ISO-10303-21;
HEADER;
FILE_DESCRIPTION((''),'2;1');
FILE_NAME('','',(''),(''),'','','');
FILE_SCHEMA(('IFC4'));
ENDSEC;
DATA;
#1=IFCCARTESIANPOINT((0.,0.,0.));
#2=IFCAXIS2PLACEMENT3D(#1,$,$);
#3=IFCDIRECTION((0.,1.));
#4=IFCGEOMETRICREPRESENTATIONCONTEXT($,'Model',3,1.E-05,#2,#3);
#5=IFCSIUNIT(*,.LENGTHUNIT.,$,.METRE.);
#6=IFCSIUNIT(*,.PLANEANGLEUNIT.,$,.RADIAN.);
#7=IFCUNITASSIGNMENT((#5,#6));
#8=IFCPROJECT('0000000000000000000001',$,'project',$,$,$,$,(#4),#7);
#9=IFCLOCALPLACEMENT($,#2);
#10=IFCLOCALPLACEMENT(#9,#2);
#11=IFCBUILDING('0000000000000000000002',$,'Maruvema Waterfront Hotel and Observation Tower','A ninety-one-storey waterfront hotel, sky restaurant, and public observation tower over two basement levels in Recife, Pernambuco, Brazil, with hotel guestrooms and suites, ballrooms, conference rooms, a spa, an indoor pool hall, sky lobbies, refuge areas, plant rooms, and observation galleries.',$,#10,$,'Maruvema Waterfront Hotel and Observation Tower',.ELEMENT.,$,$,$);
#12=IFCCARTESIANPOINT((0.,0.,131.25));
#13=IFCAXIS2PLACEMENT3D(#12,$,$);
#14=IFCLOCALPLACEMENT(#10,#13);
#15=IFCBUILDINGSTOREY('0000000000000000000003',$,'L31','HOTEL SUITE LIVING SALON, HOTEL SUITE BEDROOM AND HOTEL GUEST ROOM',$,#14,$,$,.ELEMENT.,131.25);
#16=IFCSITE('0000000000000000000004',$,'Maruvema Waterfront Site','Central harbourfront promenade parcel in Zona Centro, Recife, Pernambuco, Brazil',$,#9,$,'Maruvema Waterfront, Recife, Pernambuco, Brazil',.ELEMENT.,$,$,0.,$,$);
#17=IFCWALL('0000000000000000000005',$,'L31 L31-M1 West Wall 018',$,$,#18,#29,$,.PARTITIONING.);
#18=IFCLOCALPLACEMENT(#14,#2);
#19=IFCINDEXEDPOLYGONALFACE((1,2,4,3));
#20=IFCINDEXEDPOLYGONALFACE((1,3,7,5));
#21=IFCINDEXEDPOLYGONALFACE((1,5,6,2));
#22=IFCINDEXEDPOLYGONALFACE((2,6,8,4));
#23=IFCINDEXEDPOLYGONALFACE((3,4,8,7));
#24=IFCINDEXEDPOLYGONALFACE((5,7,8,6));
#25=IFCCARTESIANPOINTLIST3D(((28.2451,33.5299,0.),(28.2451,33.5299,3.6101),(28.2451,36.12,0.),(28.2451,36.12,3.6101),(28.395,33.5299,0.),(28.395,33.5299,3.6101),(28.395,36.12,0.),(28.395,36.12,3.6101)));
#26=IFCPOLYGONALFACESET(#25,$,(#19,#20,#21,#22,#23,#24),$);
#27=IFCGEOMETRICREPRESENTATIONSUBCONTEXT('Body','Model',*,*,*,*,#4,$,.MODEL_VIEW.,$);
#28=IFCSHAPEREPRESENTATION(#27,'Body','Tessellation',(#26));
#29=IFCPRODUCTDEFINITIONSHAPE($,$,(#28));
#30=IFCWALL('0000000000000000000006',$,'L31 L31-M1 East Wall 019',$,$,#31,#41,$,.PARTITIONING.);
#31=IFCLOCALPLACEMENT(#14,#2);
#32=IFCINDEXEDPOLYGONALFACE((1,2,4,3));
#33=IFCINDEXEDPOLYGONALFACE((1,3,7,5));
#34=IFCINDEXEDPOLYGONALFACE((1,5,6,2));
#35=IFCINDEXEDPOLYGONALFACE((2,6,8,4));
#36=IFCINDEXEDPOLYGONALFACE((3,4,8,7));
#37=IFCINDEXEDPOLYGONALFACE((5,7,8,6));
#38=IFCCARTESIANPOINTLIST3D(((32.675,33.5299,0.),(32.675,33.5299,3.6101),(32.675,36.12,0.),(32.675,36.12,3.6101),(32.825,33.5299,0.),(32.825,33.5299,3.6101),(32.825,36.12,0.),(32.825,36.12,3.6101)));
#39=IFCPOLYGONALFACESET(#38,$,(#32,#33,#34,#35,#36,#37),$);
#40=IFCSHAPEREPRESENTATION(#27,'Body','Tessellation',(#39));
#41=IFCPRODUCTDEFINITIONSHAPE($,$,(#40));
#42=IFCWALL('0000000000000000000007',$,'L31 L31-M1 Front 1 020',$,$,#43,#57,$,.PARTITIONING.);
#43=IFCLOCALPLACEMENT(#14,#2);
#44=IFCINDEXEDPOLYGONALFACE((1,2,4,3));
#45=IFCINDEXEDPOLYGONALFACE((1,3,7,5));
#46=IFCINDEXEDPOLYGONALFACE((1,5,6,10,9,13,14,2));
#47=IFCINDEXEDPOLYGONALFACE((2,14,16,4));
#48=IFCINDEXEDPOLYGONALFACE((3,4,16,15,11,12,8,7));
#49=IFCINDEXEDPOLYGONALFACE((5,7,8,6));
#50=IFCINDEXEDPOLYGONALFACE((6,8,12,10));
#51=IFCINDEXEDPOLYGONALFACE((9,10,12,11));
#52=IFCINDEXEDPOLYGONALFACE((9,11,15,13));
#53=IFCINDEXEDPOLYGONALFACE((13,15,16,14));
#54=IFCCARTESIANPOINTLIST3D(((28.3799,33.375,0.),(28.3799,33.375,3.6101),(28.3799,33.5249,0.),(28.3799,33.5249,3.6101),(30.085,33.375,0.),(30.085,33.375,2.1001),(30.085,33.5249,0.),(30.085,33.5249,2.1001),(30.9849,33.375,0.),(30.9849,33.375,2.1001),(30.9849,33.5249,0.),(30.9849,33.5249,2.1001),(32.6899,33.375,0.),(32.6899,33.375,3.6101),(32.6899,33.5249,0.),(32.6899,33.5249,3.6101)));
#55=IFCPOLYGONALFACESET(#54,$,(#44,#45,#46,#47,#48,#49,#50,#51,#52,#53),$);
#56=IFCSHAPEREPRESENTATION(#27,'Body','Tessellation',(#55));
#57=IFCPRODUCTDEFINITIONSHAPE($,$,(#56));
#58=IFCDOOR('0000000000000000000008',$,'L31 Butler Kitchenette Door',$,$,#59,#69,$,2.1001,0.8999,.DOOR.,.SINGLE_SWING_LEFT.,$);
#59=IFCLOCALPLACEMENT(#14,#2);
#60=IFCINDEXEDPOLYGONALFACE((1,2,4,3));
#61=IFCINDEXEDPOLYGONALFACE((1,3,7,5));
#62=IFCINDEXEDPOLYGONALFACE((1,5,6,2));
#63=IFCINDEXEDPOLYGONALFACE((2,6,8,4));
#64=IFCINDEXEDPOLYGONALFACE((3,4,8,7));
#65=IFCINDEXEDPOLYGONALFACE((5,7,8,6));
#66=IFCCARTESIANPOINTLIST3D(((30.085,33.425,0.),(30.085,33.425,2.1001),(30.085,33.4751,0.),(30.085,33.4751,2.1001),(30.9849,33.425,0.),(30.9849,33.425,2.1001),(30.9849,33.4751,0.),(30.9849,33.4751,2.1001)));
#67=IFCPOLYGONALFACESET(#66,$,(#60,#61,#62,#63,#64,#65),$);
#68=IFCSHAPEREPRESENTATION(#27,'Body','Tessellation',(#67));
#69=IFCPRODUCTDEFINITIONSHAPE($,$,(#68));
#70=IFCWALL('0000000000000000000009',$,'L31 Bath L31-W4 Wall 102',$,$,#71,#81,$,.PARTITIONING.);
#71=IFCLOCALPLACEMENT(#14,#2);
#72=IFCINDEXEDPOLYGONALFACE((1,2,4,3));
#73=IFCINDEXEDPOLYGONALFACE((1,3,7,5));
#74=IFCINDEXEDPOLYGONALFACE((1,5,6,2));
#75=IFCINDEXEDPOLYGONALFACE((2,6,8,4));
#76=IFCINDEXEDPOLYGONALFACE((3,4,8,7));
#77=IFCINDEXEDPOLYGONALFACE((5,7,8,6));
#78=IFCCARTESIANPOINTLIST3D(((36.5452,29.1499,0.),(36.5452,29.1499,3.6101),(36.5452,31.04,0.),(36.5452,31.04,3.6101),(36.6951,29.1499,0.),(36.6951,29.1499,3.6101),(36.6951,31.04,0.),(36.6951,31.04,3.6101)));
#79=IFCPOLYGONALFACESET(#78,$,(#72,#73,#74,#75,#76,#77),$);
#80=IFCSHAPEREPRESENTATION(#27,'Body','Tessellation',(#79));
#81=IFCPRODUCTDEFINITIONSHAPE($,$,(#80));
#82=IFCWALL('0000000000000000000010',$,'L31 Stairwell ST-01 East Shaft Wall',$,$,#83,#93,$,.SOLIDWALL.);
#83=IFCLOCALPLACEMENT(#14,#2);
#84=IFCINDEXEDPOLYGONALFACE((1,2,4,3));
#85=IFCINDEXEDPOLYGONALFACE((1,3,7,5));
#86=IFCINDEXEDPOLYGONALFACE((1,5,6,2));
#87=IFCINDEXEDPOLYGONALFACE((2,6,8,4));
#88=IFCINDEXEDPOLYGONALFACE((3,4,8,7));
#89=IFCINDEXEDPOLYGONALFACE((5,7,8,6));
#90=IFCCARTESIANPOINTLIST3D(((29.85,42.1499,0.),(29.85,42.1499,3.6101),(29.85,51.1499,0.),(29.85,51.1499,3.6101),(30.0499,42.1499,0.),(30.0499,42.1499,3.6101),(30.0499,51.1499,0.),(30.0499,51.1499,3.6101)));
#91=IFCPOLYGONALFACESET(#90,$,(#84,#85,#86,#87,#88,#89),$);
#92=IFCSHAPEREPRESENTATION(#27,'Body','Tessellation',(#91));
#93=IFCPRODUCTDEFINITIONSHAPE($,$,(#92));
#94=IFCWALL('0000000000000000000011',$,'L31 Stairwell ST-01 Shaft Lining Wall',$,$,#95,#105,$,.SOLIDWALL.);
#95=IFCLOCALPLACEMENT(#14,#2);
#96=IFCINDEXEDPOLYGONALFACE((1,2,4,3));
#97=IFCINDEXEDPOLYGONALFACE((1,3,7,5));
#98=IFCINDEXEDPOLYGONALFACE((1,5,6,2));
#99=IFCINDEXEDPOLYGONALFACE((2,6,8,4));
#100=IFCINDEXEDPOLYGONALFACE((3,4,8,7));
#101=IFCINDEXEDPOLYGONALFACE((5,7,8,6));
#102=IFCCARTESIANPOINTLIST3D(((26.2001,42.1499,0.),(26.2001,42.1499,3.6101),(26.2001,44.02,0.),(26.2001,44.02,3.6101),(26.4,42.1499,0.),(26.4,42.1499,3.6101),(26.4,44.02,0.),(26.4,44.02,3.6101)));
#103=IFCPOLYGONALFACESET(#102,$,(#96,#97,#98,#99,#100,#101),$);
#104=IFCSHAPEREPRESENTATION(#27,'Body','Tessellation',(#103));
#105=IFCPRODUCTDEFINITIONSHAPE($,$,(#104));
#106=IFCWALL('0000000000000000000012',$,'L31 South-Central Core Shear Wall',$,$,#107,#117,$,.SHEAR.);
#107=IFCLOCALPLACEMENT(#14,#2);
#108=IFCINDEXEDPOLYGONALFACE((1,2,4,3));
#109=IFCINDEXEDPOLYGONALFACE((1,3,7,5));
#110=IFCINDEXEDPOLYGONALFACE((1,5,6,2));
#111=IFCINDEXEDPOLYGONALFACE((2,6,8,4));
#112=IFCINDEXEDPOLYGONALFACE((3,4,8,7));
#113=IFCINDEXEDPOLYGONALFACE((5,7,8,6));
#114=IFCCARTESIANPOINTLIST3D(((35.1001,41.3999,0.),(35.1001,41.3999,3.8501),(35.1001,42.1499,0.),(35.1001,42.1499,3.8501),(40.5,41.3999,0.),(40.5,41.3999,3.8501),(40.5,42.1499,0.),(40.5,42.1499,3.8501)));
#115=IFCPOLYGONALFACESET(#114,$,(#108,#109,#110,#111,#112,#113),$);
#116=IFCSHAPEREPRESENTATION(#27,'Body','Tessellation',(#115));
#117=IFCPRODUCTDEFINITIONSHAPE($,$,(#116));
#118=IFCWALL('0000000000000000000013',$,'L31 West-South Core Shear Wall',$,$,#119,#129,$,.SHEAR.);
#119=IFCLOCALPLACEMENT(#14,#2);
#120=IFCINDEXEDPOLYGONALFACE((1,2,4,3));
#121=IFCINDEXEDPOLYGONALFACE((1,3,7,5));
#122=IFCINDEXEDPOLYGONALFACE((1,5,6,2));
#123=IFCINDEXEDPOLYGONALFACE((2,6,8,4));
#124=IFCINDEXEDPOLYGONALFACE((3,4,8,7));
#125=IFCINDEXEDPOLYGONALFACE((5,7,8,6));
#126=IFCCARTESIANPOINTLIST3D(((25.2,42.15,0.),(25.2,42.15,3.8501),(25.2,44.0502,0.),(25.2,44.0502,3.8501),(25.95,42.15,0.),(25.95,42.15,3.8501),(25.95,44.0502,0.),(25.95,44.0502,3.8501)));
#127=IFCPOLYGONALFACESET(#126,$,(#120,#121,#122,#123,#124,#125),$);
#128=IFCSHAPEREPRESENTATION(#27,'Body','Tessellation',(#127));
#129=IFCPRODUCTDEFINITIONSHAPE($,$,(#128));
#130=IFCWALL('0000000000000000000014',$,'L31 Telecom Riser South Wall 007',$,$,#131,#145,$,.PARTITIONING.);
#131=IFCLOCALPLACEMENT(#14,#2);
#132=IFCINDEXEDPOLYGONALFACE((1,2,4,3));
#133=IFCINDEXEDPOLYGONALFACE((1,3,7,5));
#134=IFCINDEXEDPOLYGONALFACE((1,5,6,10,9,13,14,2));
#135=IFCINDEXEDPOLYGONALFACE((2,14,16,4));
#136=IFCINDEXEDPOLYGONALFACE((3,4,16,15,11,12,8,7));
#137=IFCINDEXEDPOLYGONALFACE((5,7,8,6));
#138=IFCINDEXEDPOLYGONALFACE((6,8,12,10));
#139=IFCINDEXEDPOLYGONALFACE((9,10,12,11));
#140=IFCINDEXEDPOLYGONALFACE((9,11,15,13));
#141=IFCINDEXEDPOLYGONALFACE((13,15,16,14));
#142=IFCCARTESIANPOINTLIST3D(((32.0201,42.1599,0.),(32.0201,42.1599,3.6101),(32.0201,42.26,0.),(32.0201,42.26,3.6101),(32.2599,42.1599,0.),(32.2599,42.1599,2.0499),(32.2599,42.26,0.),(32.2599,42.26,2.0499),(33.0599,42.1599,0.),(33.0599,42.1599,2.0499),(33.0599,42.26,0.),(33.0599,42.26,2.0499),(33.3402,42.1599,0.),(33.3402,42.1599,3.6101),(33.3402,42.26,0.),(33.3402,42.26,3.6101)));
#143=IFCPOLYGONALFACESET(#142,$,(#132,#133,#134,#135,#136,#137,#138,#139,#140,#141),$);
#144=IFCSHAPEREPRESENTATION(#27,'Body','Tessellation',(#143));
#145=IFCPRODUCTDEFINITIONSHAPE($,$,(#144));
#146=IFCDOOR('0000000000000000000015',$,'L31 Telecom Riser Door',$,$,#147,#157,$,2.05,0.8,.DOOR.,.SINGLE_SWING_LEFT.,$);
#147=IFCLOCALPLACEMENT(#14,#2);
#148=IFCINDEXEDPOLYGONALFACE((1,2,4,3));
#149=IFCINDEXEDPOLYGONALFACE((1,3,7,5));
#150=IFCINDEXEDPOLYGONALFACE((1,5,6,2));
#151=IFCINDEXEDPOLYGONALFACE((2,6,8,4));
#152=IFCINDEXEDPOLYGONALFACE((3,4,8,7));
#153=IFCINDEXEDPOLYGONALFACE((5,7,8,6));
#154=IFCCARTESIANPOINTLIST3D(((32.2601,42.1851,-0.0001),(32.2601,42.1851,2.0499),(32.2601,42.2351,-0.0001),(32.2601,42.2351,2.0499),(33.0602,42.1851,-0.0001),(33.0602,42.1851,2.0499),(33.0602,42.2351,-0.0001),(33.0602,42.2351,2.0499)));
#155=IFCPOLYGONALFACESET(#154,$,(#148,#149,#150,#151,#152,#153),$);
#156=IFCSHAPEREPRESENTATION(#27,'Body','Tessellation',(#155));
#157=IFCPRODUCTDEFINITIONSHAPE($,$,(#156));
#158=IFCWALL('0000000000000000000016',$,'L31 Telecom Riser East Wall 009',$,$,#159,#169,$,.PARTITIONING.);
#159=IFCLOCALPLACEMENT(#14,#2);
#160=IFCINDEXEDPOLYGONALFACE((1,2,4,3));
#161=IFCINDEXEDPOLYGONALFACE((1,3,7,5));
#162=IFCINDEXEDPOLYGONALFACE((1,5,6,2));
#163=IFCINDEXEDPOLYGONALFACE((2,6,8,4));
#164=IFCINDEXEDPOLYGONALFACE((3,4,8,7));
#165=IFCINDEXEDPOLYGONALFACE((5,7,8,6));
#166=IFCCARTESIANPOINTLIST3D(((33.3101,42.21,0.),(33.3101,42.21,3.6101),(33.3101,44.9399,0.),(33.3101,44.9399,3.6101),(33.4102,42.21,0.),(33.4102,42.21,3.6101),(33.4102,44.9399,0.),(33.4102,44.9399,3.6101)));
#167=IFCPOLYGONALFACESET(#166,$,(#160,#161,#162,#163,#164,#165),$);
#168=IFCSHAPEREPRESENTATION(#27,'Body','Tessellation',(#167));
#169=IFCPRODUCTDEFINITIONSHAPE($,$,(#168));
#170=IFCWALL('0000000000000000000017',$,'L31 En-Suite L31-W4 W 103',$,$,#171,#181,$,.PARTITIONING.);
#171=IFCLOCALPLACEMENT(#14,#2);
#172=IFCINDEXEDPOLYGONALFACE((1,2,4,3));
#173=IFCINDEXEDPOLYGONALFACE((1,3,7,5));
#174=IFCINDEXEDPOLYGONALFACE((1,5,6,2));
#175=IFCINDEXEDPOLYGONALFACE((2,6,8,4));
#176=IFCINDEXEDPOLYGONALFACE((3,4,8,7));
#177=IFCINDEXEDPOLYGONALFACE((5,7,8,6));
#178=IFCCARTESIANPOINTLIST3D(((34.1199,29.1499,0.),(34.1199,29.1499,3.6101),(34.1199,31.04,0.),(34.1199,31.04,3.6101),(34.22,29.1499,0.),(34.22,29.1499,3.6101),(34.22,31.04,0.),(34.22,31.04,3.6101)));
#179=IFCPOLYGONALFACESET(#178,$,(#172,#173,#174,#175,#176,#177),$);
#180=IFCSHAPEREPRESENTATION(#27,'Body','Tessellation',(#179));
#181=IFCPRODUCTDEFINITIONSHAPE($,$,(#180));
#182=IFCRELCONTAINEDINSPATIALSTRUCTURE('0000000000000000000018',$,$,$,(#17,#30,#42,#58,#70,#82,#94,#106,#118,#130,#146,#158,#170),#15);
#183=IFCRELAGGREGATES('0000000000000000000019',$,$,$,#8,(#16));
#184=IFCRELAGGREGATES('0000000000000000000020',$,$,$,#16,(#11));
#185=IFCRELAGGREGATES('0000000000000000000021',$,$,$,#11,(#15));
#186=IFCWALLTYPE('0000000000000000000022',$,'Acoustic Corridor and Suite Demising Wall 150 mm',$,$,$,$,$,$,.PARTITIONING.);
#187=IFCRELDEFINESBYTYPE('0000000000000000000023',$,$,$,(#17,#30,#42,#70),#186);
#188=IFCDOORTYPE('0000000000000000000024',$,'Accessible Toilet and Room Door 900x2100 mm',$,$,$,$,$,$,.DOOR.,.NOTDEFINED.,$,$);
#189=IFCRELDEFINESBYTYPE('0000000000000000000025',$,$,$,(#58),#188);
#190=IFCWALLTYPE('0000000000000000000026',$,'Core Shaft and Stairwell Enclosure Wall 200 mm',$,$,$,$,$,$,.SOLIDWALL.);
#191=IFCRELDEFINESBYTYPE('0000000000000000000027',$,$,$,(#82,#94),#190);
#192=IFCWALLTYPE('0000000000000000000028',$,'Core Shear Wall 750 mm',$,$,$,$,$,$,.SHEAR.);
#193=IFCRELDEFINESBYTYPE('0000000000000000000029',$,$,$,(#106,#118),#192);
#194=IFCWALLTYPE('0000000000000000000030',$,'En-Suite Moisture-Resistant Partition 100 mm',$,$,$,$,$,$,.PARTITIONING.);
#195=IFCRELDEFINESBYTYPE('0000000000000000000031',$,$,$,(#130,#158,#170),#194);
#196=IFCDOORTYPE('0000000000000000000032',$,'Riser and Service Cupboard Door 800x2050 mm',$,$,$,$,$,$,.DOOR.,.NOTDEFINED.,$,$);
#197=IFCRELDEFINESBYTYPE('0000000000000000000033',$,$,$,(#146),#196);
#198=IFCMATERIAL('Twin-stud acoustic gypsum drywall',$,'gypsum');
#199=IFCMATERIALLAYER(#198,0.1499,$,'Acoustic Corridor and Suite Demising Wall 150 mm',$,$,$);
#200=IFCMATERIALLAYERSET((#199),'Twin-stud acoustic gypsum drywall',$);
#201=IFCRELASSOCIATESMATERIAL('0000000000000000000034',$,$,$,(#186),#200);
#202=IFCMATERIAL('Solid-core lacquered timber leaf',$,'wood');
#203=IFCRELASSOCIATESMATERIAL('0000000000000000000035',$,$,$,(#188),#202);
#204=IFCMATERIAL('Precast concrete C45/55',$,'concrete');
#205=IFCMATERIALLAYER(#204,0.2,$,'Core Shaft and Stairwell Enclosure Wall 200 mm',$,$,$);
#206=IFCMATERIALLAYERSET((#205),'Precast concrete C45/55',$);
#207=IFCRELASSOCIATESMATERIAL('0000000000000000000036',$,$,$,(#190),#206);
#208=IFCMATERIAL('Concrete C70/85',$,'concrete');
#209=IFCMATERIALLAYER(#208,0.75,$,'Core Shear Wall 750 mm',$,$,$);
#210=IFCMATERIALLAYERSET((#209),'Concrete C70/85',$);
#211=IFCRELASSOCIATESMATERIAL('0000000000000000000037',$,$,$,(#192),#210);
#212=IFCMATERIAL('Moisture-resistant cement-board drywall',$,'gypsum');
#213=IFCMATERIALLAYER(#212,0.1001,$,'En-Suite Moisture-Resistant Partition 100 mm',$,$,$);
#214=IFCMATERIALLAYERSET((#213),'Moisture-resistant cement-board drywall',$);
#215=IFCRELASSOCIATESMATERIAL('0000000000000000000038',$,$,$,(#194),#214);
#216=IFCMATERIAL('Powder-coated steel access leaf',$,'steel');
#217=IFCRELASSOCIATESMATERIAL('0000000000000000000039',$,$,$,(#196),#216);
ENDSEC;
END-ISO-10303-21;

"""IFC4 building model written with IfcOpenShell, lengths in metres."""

from ifc_helpers import new_model, si_unit, direction, frame, frame_2d, origin, place, context, subcontext, project, spatial, rectangle, extrude, material, layer, layer_set, type_object, element, fill, save


model = new_model("IFC4")

# Units and contexts
model_context = context("Model", 3, precision=1e-05, world=origin(), true_north=direction((0.0, 1.0)))
body_context = subcontext(model_context, "Body", "Model", "MODEL_VIEW")
ifc_project = project(units=[si_unit("LENGTHUNIT", "METRE"), si_unit("PLANEANGLEUNIT", "RADIAN")], contexts=[model_context])

# Site, building, storey
site_placement = place(None, origin())
site = spatial("IfcSite", under=ifc_project, at=site_placement, Name="Maruvema Waterfront Site", Description="Central harbourfront promenade parcel in Zona Centro, Recife, Pernambuco, Brazil", LongName="Maruvema Waterfront, Recife, Pernambuco, Brazil", CompositionType="ELEMENT", RefElevation=0.0)
building_placement = place(site_placement, origin())
building = spatial("IfcBuilding", under=site, at=building_placement, Name="Maruvema Waterfront Hotel and Observation Tower", Description="A ninety-one-storey waterfront hotel, sky restaurant, and public observation tower over two basement levels in Recife, Pernambuco, Brazil, with hotel guestrooms and suites, ballrooms, conference rooms, a spa, an indoor pool hall, sky lobbies, refuge areas, plant rooms, and observation galleries.", LongName="Maruvema Waterfront Hotel and Observation Tower", CompositionType="ELEMENT")
storey_placement = place(building_placement, frame((0.0, 0.0, 131.25)))
storey = spatial("IfcBuildingStorey", under=building, at=storey_placement, Name="L31", Description="HOTEL SUITE LIVING SALON, HOTEL SUITE BEDROOM AND HOTEL GUEST ROOM", CompositionType="ELEMENT", Elevation=131.25)

# Walls
ifc_material_1 = material(Name="Twin-stud acoustic gypsum drywall", Category="gypsum")
ifc_layer_1 = layer(ifc_material_1, 0.1499, Name="Acoustic Corridor and Suite Demising Wall 150 mm")
ifc_layer_set_1 = layer_set([ifc_layer_1], Name="Twin-stud acoustic gypsum drywall")
wall_type_1 = type_object("IfcWallType", Name="Acoustic Corridor and Suite Demising Wall 150 mm", PredefinedType="PARTITIONING", material=ifc_layer_set_1)
for number, where, z_axis, x_axis, name in (
    (1, (28.3201, 33.53, 0.0), (0.0, 0.0, 1.0), (0.0, 1.0, 0.0), "L31 L31-M1 West Wall 018"),
    (2, (32.75, 33.53, 0.0), (0.0, 0.0, 1.0), (0.0, 1.0, 0.0), "L31 L31-M1 East Wall 019"),
):
    element("IfcWall", number, at=place(storey_placement, frame(where, z_axis=z_axis, x_axis=x_axis)), inside=storey, type_object=wall_type_1, Name=name, PredefinedType="PARTITIONING", context=body_context, shape_type="SweptSolid", body=[
        extrude(rectangle(XDim=2.5901, YDim=0.1499, at=frame_2d((1.2949, 0.0))), origin(), (0.0, 0.0, 1.0), 3.6101),
    ])

# Wall, opening, door
wall_1_placement = place(storey_placement, frame((28.3799, 33.45, 0.0), z_axis=(0.0, 0.0, 1.0), x_axis=(1.0, 0.0, 0.0)))
wall_1 = element("IfcWall", 3, at=wall_1_placement, inside=storey, type_object=wall_type_1, Name="L31 L31-M1 Front 1 020", PredefinedType="PARTITIONING", context=body_context, shape_type="SweptSolid", body=[
    extrude(rectangle(XDim=4.3101, YDim=0.1499, at=frame_2d((2.155, 0.0))), origin(), (0.0, 0.0, 1.0), 3.6101),
])
opening_1_placement = place(wall_1_placement, frame((1.7051, 0.0, 0.0)))
opening_1 = element("IfcOpeningElement", 4, at=opening_1_placement, cuts=wall_1, PredefinedType="OPENING", context=body_context, shape_type="SweptSolid", body=[
    extrude(rectangle(XDim=0.8999, YDim=2.1001, at=frame_2d((0.45, 1.05))), frame((0.0, 0.085, 0.0), z_axis=(0.0, -1.0, 0.0), x_axis=(1.0, 0.0, 0.0)), (0.0, 0.0, 1.0), 0.1699),
])
ifc_material_2 = material(Name="Solid-core lacquered timber leaf", Category="wood")
door_type_1 = type_object("IfcDoorType", Name="Accessible Toilet and Room Door 900x2100 mm", OperationType="NOTDEFINED", PredefinedType="DOOR", material=ifc_material_2)
door_1_placement = place(opening_1_placement, frame((0.8999, 0.0, 0.0), z_axis=(0.0, 0.0, 1.0), x_axis=(-1.0, 0.0, 0.0)))
door_1 = element("IfcDoor", 5, at=door_1_placement, inside=storey, type_object=door_type_1, Name="L31 Butler Kitchenette Door", OperationType="SINGLE_SWING_LEFT", OverallHeight=2.1001, OverallWidth=0.8999, PredefinedType="DOOR", context=body_context, shape_type="SweptSolid", body=[
    extrude(rectangle(XDim=0.8999, YDim=2.1001, at=frame_2d((0.45, 1.05))), frame((0.0, 0.0249, 0.0), z_axis=(0.0, -1.0, 0.0), x_axis=(1.0, 0.0, 0.0)), (0.0, 0.0, 1.0), 0.05),
])
fill(opening_1, door_1)

# Walls
wall_2_placement = place(storey_placement, frame((36.6201, 29.1499, 0.0), z_axis=(0.0, 0.0, 1.0), x_axis=(0.0, 1.0, 0.0)))
element("IfcWall", 6, at=wall_2_placement, inside=storey, type_object=wall_type_1, Name="L31 Bath L31-W4 Wall 102", PredefinedType="PARTITIONING", context=body_context, shape_type="SweptSolid", body=[
    extrude(rectangle(XDim=1.8901, YDim=0.1499, at=frame_2d((0.9451, 0.0))), origin(), (0.0, 0.0, 1.0), 3.6101),
])
ifc_material_3 = material(Name="Precast concrete C45/55", Category="concrete")
ifc_layer_2 = layer(ifc_material_3, 0.2, Name="Core Shaft and Stairwell Enclosure Wall 200 mm")
ifc_layer_set_2 = layer_set([ifc_layer_2], Name="Precast concrete C45/55")
wall_type_2 = type_object("IfcWallType", Name="Core Shaft and Stairwell Enclosure Wall 200 mm", PredefinedType="SOLIDWALL", material=ifc_layer_set_2)
wall_3_placement = place(storey_placement, frame((29.95, 42.1499, 0.0), z_axis=(0.0, 0.0, 1.0), x_axis=(0.0, 1.0, 0.0)))
element("IfcWall", 7, at=wall_3_placement, inside=storey, type_object=wall_type_2, Name="L31 Stairwell ST-01 East Shaft Wall", PredefinedType="SOLIDWALL", context=body_context, shape_type="SweptSolid", body=[
    extrude(rectangle(XDim=9.0, YDim=0.2, at=frame_2d((4.5, 0.0))), origin(), (0.0, 0.0, 1.0), 3.6101),
])
wall_4_placement = place(storey_placement, frame((26.3, 42.1499, 0.0), z_axis=(0.0, 0.0, 1.0), x_axis=(0.0, 1.0, 0.0)))
element("IfcWall", 8, at=wall_4_placement, inside=storey, type_object=wall_type_2, Name="L31 Stairwell ST-01 Shaft Lining Wall", PredefinedType="SOLIDWALL", context=body_context, shape_type="SweptSolid", body=[
    extrude(rectangle(XDim=1.8701, YDim=0.2, at=frame_2d((0.9351, 0.0))), origin(), (0.0, 0.0, 1.0), 3.6101),
])

# Shared definitions
ifc_material_4 = material(Name="Concrete C70/85", Category="concrete")
ifc_layer_3 = layer(ifc_material_4, 0.75, Name="Core Shear Wall 750 mm")
ifc_layer_set_3 = layer_set([ifc_layer_3], Name="Concrete C70/85")
wall_type_3 = type_object("IfcWallType", Name="Core Shear Wall 750 mm", PredefinedType="SHEAR", material=ifc_layer_set_3)

# Walls
wall_5_placement = place(storey_placement, frame((35.1001, 41.7749, 0.0), z_axis=(0.0, 0.0, 1.0), x_axis=(1.0, 0.0, 0.0)))
element("IfcWall", 9, at=wall_5_placement, inside=storey, type_object=wall_type_3, Name="L31 South-Central Core Shear Wall", PredefinedType="SHEAR", context=body_context, shape_type="SweptSolid", body=[
    extrude(rectangle(XDim=5.3999, YDim=0.75, at=frame_2d((2.7, 0.0))), origin(), (0.0, 0.0, 1.0), 3.8501),
])
wall_6_placement = place(storey_placement, frame((25.575, 42.1499, 0.0), z_axis=(0.0, 0.0, 1.0), x_axis=(0.0, 1.0, 0.0)))
element("IfcWall", 10, at=wall_6_placement, inside=storey, type_object=wall_type_3, Name="L31 West-South Core Shear Wall", PredefinedType="SHEAR", context=body_context, shape_type="SweptSolid", body=[
    extrude(rectangle(XDim=1.9001, YDim=0.75, at=frame_2d((0.9502, 0.0))), origin(), (0.0, 0.0, 1.0), 3.8501),
])

# Wall, opening, door
ifc_material_5 = material(Name="Moisture-resistant cement-board drywall", Category="gypsum")
ifc_layer_4 = layer(ifc_material_5, 0.1001, Name="En-Suite Moisture-Resistant Partition 100 mm")
ifc_layer_set_4 = layer_set([ifc_layer_4], Name="Moisture-resistant cement-board drywall")
wall_type_4 = type_object("IfcWallType", Name="En-Suite Moisture-Resistant Partition 100 mm", PredefinedType="PARTITIONING", material=ifc_layer_set_4)
wall_7_placement = place(storey_placement, frame((32.02, 42.21, 0.0), z_axis=(0.0, 0.0, 1.0), x_axis=(1.0, 0.0, 0.0)))
wall_7 = element("IfcWall", 11, at=wall_7_placement, inside=storey, type_object=wall_type_4, Name="L31 Telecom Riser South Wall 007", PredefinedType="PARTITIONING", context=body_context, shape_type="SweptSolid", body=[
    extrude(rectangle(XDim=1.3201, YDim=0.1001, at=frame_2d((0.6602, 0.0))), origin(), (0.0, 0.0, 1.0), 3.6101),
])
opening_2_placement = place(wall_7_placement, frame((0.24, 0.0, 0.0)))
opening_2 = element("IfcOpeningElement", 12, at=opening_2_placement, cuts=wall_7, PredefinedType="OPENING", context=body_context, shape_type="SweptSolid", body=[
    extrude(rectangle(XDim=0.8, YDim=2.05, at=frame_2d((0.3999, 1.0249))), frame((0.0, 0.0601, 0.0), z_axis=(0.0, -1.0, 0.0), x_axis=(1.0, 0.0, 0.0)), (0.0, 0.0, 1.0), 0.1201),
])
ifc_material_6 = material(Name="Powder-coated steel access leaf", Category="steel")
door_type_2 = type_object("IfcDoorType", Name="Riser and Service Cupboard Door 800x2050 mm", OperationType="NOTDEFINED", PredefinedType="DOOR", material=ifc_material_6)
door_2_placement = place(opening_2_placement, frame((0.8, 0.0, 0.0), z_axis=(0.0, 0.0, 1.0), x_axis=(-1.0, 0.0, 0.0)))
door_2 = element("IfcDoor", 13, at=door_2_placement, inside=storey, type_object=door_type_2, Name="L31 Telecom Riser Door", OperationType="SINGLE_SWING_LEFT", OverallHeight=2.05, OverallWidth=0.8, PredefinedType="DOOR", context=body_context, shape_type="SweptSolid", body=[
    extrude(rectangle(XDim=0.8, YDim=2.05, at=frame_2d((0.3999, 1.0249))), frame((0.0, 0.0249, 0.0), z_axis=(0.0, -1.0, 0.0), x_axis=(1.0, 0.0, 0.0)), (0.0, 0.0, 1.0), 0.05),
])
fill(opening_2, door_2)

# Walls
wall_8_placement = place(storey_placement, frame((33.3601, 42.21, 0.0), z_axis=(0.0, 0.0, 1.0), x_axis=(0.0, 1.0, 0.0)))
element("IfcWall", 14, at=wall_8_placement, inside=storey, type_object=wall_type_4, Name="L31 Telecom Riser East Wall 009", PredefinedType="PARTITIONING", context=body_context, shape_type="SweptSolid", body=[
    extrude(rectangle(XDim=2.73, YDim=0.1001, at=frame_2d((1.365, 0.0))), origin(), (0.0, 0.0, 1.0), 3.6101),
])
wall_9_placement = place(storey_placement, frame((34.1699, 29.1499, 0.0), z_axis=(0.0, 0.0, 1.0), x_axis=(0.0, 1.0, 0.0)))
element("IfcWall", 15, at=wall_9_placement, inside=storey, type_object=wall_type_4, Name="L31 En-Suite L31-W4 W 103", PredefinedType="PARTITIONING", context=body_context, shape_type="SweptSolid", body=[
    extrude(rectangle(XDim=1.8901, YDim=0.1001, at=frame_2d((0.9451, 0.0))), origin(), (0.0, 0.0, 1.0), 3.6101),
])

save(model, "model.ifc")
